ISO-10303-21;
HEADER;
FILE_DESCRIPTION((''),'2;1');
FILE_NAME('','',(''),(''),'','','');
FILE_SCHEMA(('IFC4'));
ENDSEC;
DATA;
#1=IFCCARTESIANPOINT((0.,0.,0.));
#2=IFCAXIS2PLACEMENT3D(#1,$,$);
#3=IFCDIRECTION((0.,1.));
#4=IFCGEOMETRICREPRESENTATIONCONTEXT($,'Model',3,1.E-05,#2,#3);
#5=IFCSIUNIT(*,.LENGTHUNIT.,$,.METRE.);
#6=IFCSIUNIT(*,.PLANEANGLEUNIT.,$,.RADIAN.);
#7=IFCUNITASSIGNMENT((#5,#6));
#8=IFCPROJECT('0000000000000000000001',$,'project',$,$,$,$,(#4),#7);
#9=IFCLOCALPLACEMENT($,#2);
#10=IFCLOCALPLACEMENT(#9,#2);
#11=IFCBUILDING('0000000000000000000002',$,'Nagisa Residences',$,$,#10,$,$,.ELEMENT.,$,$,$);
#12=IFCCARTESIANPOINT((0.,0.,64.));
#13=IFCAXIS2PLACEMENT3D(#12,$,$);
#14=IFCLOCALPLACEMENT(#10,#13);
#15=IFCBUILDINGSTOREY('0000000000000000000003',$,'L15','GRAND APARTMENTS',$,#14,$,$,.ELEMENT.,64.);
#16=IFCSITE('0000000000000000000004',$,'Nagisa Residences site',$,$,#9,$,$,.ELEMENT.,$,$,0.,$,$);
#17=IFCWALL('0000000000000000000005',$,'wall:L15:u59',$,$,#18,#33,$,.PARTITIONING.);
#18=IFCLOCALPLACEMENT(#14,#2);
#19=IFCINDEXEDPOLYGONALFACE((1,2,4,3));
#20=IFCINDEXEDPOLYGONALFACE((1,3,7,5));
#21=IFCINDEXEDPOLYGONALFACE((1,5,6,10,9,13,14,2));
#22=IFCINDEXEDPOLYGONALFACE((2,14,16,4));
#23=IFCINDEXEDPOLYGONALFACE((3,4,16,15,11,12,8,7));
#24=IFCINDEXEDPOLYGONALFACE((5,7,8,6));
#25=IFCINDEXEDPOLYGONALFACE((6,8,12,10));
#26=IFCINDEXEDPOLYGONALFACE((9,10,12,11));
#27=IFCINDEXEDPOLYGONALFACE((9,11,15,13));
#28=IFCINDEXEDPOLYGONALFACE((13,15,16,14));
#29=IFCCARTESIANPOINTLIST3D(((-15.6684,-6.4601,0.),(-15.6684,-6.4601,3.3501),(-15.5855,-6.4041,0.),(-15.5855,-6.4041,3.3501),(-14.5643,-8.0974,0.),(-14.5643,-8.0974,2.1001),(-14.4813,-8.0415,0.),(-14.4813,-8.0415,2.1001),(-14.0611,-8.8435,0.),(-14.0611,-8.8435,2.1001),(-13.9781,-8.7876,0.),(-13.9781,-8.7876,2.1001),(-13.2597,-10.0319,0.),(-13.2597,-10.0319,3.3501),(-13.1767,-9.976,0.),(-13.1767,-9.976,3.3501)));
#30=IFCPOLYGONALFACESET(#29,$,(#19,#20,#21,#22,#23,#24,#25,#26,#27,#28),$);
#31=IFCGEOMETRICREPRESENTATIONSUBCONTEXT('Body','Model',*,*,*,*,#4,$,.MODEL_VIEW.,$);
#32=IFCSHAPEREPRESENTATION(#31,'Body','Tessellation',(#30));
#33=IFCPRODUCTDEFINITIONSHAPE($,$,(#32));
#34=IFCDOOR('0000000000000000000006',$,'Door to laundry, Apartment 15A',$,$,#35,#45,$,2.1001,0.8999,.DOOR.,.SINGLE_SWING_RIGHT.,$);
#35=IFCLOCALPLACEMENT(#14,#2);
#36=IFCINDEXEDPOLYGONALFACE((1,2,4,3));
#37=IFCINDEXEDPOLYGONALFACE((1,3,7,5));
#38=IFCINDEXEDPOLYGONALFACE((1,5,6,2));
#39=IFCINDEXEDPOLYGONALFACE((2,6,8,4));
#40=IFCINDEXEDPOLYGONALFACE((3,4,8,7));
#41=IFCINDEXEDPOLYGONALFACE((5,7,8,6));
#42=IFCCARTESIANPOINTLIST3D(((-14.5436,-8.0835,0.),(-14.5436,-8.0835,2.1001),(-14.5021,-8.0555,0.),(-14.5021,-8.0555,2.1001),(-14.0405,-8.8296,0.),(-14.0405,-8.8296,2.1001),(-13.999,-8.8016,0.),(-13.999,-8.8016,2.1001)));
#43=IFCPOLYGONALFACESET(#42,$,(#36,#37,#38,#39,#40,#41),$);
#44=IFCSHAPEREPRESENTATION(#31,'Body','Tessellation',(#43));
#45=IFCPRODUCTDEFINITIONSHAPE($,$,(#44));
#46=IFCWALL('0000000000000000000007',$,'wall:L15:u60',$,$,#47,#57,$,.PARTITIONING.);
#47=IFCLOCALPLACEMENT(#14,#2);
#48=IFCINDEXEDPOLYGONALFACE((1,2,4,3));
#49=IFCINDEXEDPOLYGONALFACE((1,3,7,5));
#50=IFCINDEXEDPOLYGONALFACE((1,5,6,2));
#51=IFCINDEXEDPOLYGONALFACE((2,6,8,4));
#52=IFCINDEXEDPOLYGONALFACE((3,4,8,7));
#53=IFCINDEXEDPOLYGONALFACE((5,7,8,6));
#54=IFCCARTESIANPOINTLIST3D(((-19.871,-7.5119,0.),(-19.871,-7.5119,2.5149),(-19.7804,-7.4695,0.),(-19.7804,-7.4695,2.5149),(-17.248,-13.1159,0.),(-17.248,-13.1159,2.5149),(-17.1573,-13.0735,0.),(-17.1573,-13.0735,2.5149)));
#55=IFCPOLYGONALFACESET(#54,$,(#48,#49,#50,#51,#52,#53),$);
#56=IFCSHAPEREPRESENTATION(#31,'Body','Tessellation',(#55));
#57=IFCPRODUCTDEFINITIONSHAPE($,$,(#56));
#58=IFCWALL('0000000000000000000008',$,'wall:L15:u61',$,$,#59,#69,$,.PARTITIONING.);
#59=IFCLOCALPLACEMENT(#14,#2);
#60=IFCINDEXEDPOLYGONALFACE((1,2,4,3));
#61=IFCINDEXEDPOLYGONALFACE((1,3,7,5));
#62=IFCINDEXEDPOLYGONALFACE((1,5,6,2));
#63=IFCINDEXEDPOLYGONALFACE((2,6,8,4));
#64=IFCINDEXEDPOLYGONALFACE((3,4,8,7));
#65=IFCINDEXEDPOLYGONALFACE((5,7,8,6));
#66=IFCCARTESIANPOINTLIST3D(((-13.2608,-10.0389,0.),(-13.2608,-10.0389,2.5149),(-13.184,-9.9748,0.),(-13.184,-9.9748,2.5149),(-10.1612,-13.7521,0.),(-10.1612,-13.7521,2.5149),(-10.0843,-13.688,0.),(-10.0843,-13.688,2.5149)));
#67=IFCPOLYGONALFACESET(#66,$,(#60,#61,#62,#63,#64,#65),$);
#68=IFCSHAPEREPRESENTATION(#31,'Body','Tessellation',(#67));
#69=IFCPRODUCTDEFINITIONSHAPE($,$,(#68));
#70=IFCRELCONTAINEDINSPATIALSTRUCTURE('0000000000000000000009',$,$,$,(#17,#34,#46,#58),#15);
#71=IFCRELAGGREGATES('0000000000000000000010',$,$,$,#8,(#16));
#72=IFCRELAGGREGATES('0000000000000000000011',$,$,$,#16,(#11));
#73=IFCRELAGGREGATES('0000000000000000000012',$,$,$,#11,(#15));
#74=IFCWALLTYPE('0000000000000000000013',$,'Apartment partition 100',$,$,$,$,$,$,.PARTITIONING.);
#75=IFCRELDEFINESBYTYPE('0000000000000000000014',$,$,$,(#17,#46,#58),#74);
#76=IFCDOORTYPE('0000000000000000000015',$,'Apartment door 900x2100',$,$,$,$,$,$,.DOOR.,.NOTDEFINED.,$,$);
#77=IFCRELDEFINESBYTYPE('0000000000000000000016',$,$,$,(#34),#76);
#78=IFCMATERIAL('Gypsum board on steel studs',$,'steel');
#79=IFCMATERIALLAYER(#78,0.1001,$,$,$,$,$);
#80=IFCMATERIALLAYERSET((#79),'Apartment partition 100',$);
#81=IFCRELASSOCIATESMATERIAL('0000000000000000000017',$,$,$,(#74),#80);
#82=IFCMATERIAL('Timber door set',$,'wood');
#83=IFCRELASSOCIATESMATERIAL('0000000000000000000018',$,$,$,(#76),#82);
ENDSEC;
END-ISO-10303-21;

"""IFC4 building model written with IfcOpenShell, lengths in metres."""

from ifc_helpers import new_model, si_unit, direction, frame, frame_2d, origin, place, context, subcontext, project, spatial, rectangle, extrude, material, layer, layer_set, type_object, element, fill, save


model = new_model("IFC4")

# Units and contexts
model_context = context("Model", 3, precision=1e-05, world=origin(), true_north=direction((0.0, 1.0)))
body_context = subcontext(model_context, "Body", "Model", "MODEL_VIEW")
ifc_project = project(units=[si_unit("LENGTHUNIT", "METRE"), si_unit("PLANEANGLEUNIT", "RADIAN")], contexts=[model_context])

# Site, building, storey
site_placement = place(None, origin())
site = spatial("IfcSite", under=ifc_project, at=site_placement, Name="Nagisa Residences site", CompositionType="ELEMENT", RefElevation=0.0)
building_placement = place(site_placement, origin())
building = spatial("IfcBuilding", under=site, at=building_placement, Name="Nagisa Residences", CompositionType="ELEMENT")
storey_placement = place(building_placement, frame((0.0, 0.0, 64.0)))
storey = spatial("IfcBuildingStorey", under=building, at=storey_placement, Name="L15", Description="GRAND APARTMENTS", CompositionType="ELEMENT", Elevation=64.0)

# Shared definitions
ifc_material_1 = material(Name="Gypsum board on steel studs", Category="steel")
ifc_layer_1 = layer(ifc_material_1, 0.1001)
ifc_layer_set_1 = layer_set([ifc_layer_1], Name="Apartment partition 100")
wall_type_1 = type_object("IfcWallType", Name="Apartment partition 100", PredefinedType="PARTITIONING", material=ifc_layer_set_1)

# Shared definitions
ifc_material_2 = material(Name="Timber door set", Category="wood")
door_type_1 = type_object("IfcDoorType", Name="Apartment door 900x2100", OperationType="NOTDEFINED", PredefinedType="DOOR", material=ifc_material_2)

# Wall, opening, door
wall_1_placement = place(storey_placement, frame((-15.627, -6.4321, 0.0), z_axis=(0.0, 0.0, 1.0), x_axis=(0.559113, -0.829092, 0.0)))
wall_1 = element("IfcWall", 1, at=wall_1_placement, inside=storey, type_object=wall_type_1, Name="wall:L15:u59", PredefinedType="PARTITIONING", context=body_context, shape_type="SweptSolid", body=[
    extrude(rectangle(XDim=4.3081, YDim=0.1001, at=frame_2d((2.1541, 0.0))), origin(), (0.0, 0.0, 1.0), 3.3501),
])
opening_1_placement = place(wall_1_placement, frame((1.9749, 0.0, 0.0)))
opening_1 = element("IfcOpeningElement", 2, at=opening_1_placement, cuts=wall_1, PredefinedType="OPENING", context=body_context, shape_type="SweptSolid", body=[
    extrude(rectangle(XDim=0.8999, YDim=2.1001, at=frame_2d((0.45, 1.05))), frame((0.0, 0.0601, 0.0), z_axis=(0.0, -1.0, 0.0), x_axis=(1.0, 0.0, 0.0)), (0.0, 0.0, 1.0), 0.1201),
])
door_1_placement = place(opening_1_placement, origin())
door_1 = element("IfcDoor", 3, at=door_1_placement, inside=storey, type_object=door_type_1, Name="Door to laundry, Apartment 15A", OperationType="SINGLE_SWING_RIGHT", OverallHeight=2.1001, OverallWidth=0.8999, PredefinedType="DOOR", context=body_context, shape_type="SweptSolid", body=[
    extrude(rectangle(XDim=0.8999, YDim=2.1001, at=frame_2d((0.45, 1.05))), frame((0.0, 0.0249, 0.0), z_axis=(0.0, -1.0, 0.0), x_axis=(1.0, 0.0, 0.0)), (0.0, 0.0, 1.0), 0.05),
])
fill(opening_1, door_1)

# Walls
wall_2_placement = place(storey_placement, frame((-19.8257, -7.4907, 0.0), z_axis=(0.0, 0.0, 1.0), x_axis=(0.423926, -0.905697, 0.0)))
element("IfcWall", 4, at=wall_2_placement, inside=storey, type_object=wall_type_1, Name="wall:L15:u60", PredefinedType="PARTITIONING", context=body_context, shape_type="SweptSolid", body=[
    extrude(rectangle(XDim=6.1875, YDim=0.1001, at=frame_2d((3.0938, 0.0))), origin(), (0.0, 0.0, 1.0), 2.5149),
])
wall_3_placement = place(storey_placement, frame((-13.2224, -10.0068, 0.0), z_axis=(0.0, 0.0, 1.0), x_axis=(0.640835, -0.767679, 0.0)))
element("IfcWall", 5, at=wall_3_placement, inside=storey, type_object=wall_type_1, Name="wall:L15:u61", PredefinedType="PARTITIONING", context=body_context, shape_type="SweptSolid", body=[
    extrude(rectangle(XDim=4.8369, YDim=0.1001, at=frame_2d((2.4185, 0.0))), origin(), (0.0, 0.0, 1.0), 2.5149),
])

save(model, "model.ifc")
